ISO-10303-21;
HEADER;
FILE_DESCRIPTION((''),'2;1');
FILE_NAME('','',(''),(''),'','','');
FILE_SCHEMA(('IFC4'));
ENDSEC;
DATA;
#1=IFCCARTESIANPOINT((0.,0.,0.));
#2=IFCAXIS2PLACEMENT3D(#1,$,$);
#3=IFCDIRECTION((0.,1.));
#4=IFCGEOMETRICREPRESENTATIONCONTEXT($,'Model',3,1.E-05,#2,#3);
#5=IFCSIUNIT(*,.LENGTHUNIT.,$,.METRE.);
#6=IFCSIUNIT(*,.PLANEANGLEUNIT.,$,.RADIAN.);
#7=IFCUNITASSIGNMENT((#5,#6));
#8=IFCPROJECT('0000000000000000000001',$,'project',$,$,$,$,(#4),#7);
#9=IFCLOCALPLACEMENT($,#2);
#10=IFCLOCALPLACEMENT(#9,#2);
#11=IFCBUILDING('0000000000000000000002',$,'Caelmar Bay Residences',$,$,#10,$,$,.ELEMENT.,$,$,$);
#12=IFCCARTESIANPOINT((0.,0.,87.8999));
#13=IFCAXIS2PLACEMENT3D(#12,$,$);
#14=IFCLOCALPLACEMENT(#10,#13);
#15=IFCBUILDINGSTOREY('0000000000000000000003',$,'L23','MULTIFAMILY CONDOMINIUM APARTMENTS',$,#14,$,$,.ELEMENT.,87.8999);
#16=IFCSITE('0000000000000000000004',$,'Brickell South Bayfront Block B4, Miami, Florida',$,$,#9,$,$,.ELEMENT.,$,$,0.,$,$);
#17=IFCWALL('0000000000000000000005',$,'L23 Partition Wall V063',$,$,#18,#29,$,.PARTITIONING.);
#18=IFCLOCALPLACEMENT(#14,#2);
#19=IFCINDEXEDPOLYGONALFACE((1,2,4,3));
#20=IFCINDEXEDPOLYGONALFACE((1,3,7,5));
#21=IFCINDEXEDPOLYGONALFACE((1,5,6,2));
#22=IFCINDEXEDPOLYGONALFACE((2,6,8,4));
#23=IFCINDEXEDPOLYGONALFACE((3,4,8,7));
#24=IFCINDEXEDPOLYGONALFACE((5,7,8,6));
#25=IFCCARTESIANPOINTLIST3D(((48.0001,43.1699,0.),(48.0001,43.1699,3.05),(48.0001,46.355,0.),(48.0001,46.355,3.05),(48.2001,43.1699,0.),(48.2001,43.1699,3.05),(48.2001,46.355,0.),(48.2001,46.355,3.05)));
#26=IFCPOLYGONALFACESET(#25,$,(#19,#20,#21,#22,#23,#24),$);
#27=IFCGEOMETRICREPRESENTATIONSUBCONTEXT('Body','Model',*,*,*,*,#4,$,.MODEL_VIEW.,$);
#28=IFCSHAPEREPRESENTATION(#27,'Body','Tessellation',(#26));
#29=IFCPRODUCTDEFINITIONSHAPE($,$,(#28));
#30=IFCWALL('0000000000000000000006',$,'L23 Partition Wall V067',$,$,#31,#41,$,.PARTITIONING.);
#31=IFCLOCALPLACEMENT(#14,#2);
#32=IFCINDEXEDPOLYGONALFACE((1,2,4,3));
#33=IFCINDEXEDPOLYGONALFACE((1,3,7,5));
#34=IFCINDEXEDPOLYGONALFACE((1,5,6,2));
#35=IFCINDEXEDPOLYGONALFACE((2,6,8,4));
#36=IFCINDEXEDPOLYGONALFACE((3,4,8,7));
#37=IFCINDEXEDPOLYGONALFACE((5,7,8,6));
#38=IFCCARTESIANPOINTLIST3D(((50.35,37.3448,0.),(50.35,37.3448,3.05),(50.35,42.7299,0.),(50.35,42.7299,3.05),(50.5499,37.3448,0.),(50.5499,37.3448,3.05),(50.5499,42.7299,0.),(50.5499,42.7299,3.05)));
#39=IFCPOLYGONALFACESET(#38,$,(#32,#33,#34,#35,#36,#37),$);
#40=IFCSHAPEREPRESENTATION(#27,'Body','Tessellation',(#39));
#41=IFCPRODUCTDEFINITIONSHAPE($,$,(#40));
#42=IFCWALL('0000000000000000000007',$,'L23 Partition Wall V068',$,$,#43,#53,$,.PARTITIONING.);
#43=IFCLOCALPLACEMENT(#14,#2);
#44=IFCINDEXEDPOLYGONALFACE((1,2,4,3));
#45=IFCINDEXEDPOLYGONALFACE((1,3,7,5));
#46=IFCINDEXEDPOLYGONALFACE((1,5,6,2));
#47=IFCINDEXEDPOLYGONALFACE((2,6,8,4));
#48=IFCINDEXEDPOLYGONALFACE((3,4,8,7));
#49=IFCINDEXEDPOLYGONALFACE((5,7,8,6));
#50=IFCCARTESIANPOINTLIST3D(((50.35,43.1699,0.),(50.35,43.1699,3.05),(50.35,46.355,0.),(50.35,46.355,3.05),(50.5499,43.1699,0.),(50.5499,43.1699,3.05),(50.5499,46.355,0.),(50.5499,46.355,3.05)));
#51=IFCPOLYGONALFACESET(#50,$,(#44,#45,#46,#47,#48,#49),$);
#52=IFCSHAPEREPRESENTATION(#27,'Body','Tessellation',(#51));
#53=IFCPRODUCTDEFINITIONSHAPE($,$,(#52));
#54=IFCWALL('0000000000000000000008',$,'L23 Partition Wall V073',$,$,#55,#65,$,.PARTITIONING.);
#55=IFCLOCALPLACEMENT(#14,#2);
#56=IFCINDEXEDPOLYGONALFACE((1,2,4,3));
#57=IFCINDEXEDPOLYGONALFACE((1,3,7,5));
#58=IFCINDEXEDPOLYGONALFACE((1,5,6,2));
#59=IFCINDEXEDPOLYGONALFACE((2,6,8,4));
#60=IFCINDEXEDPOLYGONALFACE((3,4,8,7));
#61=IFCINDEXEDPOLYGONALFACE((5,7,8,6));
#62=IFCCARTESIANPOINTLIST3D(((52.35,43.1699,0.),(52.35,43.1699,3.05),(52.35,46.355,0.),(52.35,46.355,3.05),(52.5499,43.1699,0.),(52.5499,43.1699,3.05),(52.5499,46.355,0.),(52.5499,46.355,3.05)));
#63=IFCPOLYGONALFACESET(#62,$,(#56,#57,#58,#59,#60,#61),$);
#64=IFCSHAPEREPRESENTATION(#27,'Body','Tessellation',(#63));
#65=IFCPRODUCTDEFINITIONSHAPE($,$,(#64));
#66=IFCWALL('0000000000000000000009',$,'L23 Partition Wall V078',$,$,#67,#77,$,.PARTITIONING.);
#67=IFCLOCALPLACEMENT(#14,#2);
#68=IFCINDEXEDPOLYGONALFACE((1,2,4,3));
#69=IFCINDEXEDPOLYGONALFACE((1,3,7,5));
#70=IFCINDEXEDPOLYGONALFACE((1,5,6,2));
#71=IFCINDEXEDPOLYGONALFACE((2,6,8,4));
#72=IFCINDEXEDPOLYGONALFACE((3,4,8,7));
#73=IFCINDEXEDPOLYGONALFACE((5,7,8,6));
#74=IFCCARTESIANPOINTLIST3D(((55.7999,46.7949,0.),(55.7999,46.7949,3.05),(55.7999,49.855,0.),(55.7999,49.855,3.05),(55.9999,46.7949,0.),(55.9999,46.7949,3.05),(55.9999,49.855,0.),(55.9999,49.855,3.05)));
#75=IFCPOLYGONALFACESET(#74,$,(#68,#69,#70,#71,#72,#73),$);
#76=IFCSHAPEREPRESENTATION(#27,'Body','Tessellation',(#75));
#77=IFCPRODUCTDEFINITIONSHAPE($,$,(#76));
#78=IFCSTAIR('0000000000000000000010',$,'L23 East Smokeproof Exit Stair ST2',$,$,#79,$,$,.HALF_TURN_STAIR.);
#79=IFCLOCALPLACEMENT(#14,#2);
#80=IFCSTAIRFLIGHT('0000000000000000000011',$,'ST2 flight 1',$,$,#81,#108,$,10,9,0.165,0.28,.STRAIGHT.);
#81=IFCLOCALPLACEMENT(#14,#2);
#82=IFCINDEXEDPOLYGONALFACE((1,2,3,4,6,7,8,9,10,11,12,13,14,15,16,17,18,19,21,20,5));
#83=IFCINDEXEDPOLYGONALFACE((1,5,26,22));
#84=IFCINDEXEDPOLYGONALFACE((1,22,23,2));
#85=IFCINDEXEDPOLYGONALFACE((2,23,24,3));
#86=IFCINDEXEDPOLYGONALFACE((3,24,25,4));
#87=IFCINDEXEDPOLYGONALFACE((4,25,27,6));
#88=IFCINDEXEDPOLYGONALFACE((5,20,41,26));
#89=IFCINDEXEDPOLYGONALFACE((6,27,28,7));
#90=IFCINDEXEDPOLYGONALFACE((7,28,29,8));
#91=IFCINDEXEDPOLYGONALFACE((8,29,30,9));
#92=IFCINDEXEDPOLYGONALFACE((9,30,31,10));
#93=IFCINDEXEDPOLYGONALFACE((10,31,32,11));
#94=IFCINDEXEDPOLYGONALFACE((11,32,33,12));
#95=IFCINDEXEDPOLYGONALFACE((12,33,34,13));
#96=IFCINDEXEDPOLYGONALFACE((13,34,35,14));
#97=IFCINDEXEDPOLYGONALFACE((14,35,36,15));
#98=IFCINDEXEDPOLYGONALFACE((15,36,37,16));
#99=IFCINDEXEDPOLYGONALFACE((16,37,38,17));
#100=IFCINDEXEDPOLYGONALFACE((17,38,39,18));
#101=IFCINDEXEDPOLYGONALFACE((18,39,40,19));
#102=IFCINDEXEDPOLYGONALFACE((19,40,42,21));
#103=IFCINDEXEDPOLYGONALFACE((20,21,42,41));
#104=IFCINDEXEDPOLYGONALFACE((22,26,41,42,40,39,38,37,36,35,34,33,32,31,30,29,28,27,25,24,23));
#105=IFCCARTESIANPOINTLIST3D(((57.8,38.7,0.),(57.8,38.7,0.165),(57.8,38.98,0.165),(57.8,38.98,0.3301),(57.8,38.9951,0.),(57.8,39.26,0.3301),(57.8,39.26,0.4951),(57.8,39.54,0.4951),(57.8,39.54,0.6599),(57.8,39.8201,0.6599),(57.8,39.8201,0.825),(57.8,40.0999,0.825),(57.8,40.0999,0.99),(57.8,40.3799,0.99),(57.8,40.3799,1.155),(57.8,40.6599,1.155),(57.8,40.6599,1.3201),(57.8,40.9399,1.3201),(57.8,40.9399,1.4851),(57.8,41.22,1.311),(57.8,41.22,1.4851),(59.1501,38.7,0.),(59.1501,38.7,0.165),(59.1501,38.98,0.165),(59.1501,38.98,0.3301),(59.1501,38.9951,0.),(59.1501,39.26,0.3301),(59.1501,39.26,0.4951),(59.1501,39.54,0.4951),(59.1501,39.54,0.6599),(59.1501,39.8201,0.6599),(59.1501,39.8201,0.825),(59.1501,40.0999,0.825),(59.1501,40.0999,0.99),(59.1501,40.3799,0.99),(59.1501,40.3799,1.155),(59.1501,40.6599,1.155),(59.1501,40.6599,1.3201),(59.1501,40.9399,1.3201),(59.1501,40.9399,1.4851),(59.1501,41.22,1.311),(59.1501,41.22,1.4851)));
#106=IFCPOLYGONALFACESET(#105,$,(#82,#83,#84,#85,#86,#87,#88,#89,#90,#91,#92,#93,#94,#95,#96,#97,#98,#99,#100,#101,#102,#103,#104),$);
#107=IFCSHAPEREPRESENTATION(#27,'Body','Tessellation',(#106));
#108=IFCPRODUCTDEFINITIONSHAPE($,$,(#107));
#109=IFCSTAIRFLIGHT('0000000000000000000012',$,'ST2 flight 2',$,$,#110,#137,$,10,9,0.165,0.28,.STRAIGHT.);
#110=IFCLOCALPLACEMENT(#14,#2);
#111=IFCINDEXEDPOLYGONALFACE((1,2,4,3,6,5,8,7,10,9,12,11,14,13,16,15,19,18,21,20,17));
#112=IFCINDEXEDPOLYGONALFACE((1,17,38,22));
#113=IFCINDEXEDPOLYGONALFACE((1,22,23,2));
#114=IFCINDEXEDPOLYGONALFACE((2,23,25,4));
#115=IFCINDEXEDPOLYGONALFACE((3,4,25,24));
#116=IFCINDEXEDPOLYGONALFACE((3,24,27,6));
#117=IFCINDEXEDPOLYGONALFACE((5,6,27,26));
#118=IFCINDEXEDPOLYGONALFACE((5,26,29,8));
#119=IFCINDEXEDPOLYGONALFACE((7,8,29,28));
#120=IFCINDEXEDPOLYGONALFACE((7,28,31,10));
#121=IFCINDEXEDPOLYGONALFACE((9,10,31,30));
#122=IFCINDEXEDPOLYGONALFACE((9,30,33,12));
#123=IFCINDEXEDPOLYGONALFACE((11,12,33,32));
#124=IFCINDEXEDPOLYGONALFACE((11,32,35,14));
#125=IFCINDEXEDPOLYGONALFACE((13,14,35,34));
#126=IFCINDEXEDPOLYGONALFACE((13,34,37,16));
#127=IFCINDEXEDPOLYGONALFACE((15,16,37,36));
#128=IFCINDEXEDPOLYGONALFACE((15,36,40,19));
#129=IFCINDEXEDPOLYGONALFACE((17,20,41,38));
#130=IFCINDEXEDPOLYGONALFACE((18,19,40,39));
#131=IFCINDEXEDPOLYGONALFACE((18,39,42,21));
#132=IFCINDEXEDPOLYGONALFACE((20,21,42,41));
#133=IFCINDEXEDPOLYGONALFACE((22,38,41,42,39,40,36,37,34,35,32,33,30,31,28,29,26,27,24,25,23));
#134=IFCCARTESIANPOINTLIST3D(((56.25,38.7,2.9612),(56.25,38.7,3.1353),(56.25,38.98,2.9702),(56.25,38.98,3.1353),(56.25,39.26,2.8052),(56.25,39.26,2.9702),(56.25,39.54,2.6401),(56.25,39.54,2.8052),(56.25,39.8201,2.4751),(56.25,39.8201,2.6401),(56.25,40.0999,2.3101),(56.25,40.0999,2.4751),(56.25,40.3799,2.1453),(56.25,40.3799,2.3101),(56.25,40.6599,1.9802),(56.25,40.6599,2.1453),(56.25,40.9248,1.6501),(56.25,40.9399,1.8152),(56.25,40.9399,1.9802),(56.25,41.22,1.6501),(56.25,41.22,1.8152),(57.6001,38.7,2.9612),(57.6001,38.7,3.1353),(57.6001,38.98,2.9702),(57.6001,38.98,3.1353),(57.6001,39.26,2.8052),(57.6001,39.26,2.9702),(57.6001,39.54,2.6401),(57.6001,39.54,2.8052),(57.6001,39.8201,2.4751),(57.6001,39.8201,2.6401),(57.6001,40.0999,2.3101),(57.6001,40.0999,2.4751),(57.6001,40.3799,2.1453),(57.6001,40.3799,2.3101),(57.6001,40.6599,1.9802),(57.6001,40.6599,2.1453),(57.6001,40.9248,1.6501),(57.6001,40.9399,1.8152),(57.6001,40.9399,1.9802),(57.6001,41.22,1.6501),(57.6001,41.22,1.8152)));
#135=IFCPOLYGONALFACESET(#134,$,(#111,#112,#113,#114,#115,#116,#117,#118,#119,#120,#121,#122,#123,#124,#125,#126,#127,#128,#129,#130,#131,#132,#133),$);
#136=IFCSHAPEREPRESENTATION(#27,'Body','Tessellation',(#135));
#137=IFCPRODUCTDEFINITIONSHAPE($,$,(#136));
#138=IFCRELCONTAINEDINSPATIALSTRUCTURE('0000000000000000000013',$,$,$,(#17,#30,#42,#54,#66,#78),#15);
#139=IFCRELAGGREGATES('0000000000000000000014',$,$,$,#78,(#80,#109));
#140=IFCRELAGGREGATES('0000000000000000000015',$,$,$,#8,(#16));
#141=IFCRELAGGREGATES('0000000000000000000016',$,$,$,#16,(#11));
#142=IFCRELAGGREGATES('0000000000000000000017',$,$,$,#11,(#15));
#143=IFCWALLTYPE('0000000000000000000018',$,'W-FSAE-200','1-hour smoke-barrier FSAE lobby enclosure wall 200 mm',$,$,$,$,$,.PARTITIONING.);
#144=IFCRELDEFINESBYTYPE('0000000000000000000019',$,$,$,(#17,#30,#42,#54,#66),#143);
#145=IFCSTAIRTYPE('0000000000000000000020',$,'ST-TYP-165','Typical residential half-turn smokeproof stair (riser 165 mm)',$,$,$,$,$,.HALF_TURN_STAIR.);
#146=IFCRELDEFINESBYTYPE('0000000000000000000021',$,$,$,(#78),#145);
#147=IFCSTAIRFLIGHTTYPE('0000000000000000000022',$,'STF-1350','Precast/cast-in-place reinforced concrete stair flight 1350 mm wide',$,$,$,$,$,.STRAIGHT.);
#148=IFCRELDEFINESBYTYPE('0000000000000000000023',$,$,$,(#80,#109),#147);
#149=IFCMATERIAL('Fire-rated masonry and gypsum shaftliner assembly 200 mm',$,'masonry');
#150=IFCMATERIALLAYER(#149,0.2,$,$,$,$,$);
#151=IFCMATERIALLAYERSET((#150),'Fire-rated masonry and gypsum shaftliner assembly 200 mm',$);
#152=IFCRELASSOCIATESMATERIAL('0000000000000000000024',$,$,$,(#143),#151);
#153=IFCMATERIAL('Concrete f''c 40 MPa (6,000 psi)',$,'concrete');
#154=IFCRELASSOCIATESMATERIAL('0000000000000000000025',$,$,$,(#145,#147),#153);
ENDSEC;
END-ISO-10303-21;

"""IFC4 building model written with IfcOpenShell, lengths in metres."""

from ifc_helpers import new_model, si_unit, direction, frame, frame_2d, origin, place, context, subcontext, project, spatial, polyline, rectangle, outline, extrude, material, layer, layer_set, type_object, element, aggregate, save


model = new_model("IFC4")

# Units and contexts
model_context = context("Model", 3, precision=1e-05, world=origin(), true_north=direction((0.0, 1.0)))
body_context = subcontext(model_context, "Body", "Model", "MODEL_VIEW")
ifc_project = project(units=[si_unit("LENGTHUNIT", "METRE"), si_unit("PLANEANGLEUNIT", "RADIAN")], contexts=[model_context])

# Site, building, storey
site_placement = place(None, origin())
site = spatial("IfcSite", under=ifc_project, at=site_placement, Name="Brickell South Bayfront Block B4, Miami, Florida", CompositionType="ELEMENT", RefElevation=0.0)
building_placement = place(site_placement, origin())
building = spatial("IfcBuilding", under=site, at=building_placement, Name="Caelmar Bay Residences", CompositionType="ELEMENT")
storey_placement = place(building_placement, frame((0.0, 0.0, 87.8999)))
storey = spatial("IfcBuildingStorey", under=building, at=storey_placement, Name="L23", Description="MULTIFAMILY CONDOMINIUM APARTMENTS", CompositionType="ELEMENT", Elevation=87.8999)

# Walls
ifc_material_1 = material(Name="Fire-rated masonry and gypsum shaftliner assembly 200 mm", Category="masonry")
ifc_layer_1 = layer(ifc_material_1, 0.2)
ifc_layer_set_1 = layer_set([ifc_layer_1], Name="Fire-rated masonry and gypsum shaftliner assembly 200 mm")
wall_type_1 = type_object("IfcWallType", Name="W-FSAE-200", Description="1-hour smoke-barrier FSAE lobby enclosure wall 200 mm", PredefinedType="PARTITIONING", material=ifc_layer_set_1)
for number, where, z_axis, x_axis, name in (
    (1, (48.1001, 43.1699, 0.0), (0.0, 0.0, 1.0), (0.0, 1.0, 0.0), "L23 Partition Wall V063"),
):
    element("IfcWall", number, at=place(storey_placement, frame(where, z_axis=z_axis, x_axis=x_axis)), inside=storey, type_object=wall_type_1, Name=name, PredefinedType="PARTITIONING", context=body_context, shape_type="SweptSolid", body=[
        extrude(rectangle(XDim=3.1851, YDim=0.2, at=frame_2d((1.5925, 0.0))), origin(), (0.0, 0.0, 1.0), 3.05),
    ])
wall_1_placement = place(storey_placement, frame((50.45, 37.345, 0.0), z_axis=(0.0, 0.0, 1.0), x_axis=(0.0, 1.0, 0.0)))
element("IfcWall", 2, at=wall_1_placement, inside=storey, type_object=wall_type_1, Name="L23 Partition Wall V067", PredefinedType="PARTITIONING", context=body_context, shape_type="SweptSolid", body=[
    extrude(rectangle(XDim=5.385, YDim=0.2, at=frame_2d((2.6924, 0.0))), origin(), (0.0, 0.0, 1.0), 3.05),
])
for number, where, z_axis, x_axis, name in (
    (3, (50.45, 43.1699, 0.0), (0.0, 0.0, 1.0), (0.0, 1.0, 0.0), "L23 Partition Wall V068"),
    (4, (52.45, 43.1699, 0.0), (0.0, 0.0, 1.0), (0.0, 1.0, 0.0), "L23 Partition Wall V073"),
):
    element("IfcWall", number, at=place(storey_placement, frame(where, z_axis=z_axis, x_axis=x_axis)), inside=storey, type_object=wall_type_1, Name=name, PredefinedType="PARTITIONING", context=body_context, shape_type="SweptSolid", body=[
        extrude(rectangle(XDim=3.1851, YDim=0.2, at=frame_2d((1.5925, 0.0))), origin(), (0.0, 0.0, 1.0), 3.05),
    ])
wall_2_placement = place(storey_placement, frame((55.8999, 46.7949, 0.0), z_axis=(0.0, 0.0, 1.0), x_axis=(0.0, 1.0, 0.0)))
element("IfcWall", 5, at=wall_2_placement, inside=storey, type_object=wall_type_1, Name="L23 Partition Wall V078", PredefinedType="PARTITIONING", context=body_context, shape_type="SweptSolid", body=[
    extrude(rectangle(XDim=3.0601, YDim=0.2, at=frame_2d((1.53, 0.0))), origin(), (0.0, 0.0, 1.0), 3.05),
])

# Stair, stair flights
ifc_material_2 = material(Name="Concrete f'c 40 MPa (6,000 psi)", Category="concrete")
stair_type = type_object("IfcStairType", Name="ST-TYP-165", Description="Typical residential half-turn smokeproof stair (riser 165 mm)", PredefinedType="HALF_TURN_STAIR", material=ifc_material_2)
stair_placement = place(storey_placement, origin())
stair = element("IfcStair", 6, at=stair_placement, inside=storey, type_object=stair_type, Name="L23 East Smokeproof Exit Stair ST2", PredefinedType="HALF_TURN_STAIR")
stair_flight_type = type_object("IfcStairFlightType", Name="STF-1350", Description="Precast/cast-in-place reinforced concrete stair flight 1350 mm wide", PredefinedType="STRAIGHT", material=ifc_material_2)
stair_flight_1_placement = place(storey_placement, frame((58.4751, 38.7, 0.0), z_axis=(0.0, 0.0, 1.0), x_axis=(0.0, 1.0, 0.0)))
stair_flight_1 = element("IfcStairFlight", 7, at=stair_flight_1_placement, type_object=stair_flight_type, Name="ST2 flight 1", NumberOfRisers=10, NumberOfTreads=9, PredefinedType="STRAIGHT", RiserHeight=0.165, TreadLength=0.28, context=body_context, shape_type="SweptSolid", body=[
    extrude(outline(polyline([(0.0, 0.0), (0.0, 0.165), (0.28, 0.165), (0.28, 0.3301), (0.5601, 0.3301), (0.5601, 0.4951), (0.8401, 0.4951), (0.8401, 0.6599), (1.1201, 0.6599), (1.1201, 0.825), (1.3999, 0.825), (1.3999, 0.99), (1.6799, 0.99), (1.6799, 1.155), (1.96, 1.155), (1.96, 1.3201), (2.24, 1.3201), (2.24, 1.4851), (2.52, 1.4851), (2.52, 1.6499), (2.52, 1.311), (0.2952, 0.0), (0.0, 0.0)])), frame((0.0, 0.675, 0.0), z_axis=(0.0, -1.0, 0.0), x_axis=(1.0, 0.0, 0.0)), (0.0, 0.0, 1.0), 1.3501),
])
stair_flight_2_placement = place(storey_placement, frame((56.925, 41.22, 1.6501), z_axis=(0.0, 0.0, 1.0), x_axis=(0.0, -1.0, 0.0)))
stair_flight_2 = element("IfcStairFlight", 8, at=stair_flight_2_placement, type_object=stair_flight_type, Name="ST2 flight 2", NumberOfRisers=10, NumberOfTreads=9, PredefinedType="STRAIGHT", RiserHeight=0.165, TreadLength=0.28, context=body_context, shape_type="SweptSolid", body=[
    extrude(outline(polyline([(0.0, 0.0), (0.0, 0.165), (0.28, 0.165), (0.28, 0.3301), (0.5601, 0.3301), (0.5601, 0.4951), (0.8401, 0.4951), (0.8401, 0.6599), (1.1201, 0.6599), (1.1201, 0.825), (1.3999, 0.825), (1.3999, 0.99), (1.6799, 0.99), (1.6799, 1.155), (1.96, 1.155), (1.96, 1.3201), (2.24, 1.3201), (2.24, 1.4851), (2.52, 1.4851), (2.52, 1.6499), (2.52, 1.311), (0.2952, 0.0), (0.0, 0.0)])), frame((0.0, 0.675, 0.0), z_axis=(0.0, -1.0, 0.0), x_axis=(1.0, 0.0, 0.0)), (0.0, 0.0, 1.0), 1.3501),
])
aggregate(stair, [stair_flight_1, stair_flight_2])

save(model, "model.ifc")
